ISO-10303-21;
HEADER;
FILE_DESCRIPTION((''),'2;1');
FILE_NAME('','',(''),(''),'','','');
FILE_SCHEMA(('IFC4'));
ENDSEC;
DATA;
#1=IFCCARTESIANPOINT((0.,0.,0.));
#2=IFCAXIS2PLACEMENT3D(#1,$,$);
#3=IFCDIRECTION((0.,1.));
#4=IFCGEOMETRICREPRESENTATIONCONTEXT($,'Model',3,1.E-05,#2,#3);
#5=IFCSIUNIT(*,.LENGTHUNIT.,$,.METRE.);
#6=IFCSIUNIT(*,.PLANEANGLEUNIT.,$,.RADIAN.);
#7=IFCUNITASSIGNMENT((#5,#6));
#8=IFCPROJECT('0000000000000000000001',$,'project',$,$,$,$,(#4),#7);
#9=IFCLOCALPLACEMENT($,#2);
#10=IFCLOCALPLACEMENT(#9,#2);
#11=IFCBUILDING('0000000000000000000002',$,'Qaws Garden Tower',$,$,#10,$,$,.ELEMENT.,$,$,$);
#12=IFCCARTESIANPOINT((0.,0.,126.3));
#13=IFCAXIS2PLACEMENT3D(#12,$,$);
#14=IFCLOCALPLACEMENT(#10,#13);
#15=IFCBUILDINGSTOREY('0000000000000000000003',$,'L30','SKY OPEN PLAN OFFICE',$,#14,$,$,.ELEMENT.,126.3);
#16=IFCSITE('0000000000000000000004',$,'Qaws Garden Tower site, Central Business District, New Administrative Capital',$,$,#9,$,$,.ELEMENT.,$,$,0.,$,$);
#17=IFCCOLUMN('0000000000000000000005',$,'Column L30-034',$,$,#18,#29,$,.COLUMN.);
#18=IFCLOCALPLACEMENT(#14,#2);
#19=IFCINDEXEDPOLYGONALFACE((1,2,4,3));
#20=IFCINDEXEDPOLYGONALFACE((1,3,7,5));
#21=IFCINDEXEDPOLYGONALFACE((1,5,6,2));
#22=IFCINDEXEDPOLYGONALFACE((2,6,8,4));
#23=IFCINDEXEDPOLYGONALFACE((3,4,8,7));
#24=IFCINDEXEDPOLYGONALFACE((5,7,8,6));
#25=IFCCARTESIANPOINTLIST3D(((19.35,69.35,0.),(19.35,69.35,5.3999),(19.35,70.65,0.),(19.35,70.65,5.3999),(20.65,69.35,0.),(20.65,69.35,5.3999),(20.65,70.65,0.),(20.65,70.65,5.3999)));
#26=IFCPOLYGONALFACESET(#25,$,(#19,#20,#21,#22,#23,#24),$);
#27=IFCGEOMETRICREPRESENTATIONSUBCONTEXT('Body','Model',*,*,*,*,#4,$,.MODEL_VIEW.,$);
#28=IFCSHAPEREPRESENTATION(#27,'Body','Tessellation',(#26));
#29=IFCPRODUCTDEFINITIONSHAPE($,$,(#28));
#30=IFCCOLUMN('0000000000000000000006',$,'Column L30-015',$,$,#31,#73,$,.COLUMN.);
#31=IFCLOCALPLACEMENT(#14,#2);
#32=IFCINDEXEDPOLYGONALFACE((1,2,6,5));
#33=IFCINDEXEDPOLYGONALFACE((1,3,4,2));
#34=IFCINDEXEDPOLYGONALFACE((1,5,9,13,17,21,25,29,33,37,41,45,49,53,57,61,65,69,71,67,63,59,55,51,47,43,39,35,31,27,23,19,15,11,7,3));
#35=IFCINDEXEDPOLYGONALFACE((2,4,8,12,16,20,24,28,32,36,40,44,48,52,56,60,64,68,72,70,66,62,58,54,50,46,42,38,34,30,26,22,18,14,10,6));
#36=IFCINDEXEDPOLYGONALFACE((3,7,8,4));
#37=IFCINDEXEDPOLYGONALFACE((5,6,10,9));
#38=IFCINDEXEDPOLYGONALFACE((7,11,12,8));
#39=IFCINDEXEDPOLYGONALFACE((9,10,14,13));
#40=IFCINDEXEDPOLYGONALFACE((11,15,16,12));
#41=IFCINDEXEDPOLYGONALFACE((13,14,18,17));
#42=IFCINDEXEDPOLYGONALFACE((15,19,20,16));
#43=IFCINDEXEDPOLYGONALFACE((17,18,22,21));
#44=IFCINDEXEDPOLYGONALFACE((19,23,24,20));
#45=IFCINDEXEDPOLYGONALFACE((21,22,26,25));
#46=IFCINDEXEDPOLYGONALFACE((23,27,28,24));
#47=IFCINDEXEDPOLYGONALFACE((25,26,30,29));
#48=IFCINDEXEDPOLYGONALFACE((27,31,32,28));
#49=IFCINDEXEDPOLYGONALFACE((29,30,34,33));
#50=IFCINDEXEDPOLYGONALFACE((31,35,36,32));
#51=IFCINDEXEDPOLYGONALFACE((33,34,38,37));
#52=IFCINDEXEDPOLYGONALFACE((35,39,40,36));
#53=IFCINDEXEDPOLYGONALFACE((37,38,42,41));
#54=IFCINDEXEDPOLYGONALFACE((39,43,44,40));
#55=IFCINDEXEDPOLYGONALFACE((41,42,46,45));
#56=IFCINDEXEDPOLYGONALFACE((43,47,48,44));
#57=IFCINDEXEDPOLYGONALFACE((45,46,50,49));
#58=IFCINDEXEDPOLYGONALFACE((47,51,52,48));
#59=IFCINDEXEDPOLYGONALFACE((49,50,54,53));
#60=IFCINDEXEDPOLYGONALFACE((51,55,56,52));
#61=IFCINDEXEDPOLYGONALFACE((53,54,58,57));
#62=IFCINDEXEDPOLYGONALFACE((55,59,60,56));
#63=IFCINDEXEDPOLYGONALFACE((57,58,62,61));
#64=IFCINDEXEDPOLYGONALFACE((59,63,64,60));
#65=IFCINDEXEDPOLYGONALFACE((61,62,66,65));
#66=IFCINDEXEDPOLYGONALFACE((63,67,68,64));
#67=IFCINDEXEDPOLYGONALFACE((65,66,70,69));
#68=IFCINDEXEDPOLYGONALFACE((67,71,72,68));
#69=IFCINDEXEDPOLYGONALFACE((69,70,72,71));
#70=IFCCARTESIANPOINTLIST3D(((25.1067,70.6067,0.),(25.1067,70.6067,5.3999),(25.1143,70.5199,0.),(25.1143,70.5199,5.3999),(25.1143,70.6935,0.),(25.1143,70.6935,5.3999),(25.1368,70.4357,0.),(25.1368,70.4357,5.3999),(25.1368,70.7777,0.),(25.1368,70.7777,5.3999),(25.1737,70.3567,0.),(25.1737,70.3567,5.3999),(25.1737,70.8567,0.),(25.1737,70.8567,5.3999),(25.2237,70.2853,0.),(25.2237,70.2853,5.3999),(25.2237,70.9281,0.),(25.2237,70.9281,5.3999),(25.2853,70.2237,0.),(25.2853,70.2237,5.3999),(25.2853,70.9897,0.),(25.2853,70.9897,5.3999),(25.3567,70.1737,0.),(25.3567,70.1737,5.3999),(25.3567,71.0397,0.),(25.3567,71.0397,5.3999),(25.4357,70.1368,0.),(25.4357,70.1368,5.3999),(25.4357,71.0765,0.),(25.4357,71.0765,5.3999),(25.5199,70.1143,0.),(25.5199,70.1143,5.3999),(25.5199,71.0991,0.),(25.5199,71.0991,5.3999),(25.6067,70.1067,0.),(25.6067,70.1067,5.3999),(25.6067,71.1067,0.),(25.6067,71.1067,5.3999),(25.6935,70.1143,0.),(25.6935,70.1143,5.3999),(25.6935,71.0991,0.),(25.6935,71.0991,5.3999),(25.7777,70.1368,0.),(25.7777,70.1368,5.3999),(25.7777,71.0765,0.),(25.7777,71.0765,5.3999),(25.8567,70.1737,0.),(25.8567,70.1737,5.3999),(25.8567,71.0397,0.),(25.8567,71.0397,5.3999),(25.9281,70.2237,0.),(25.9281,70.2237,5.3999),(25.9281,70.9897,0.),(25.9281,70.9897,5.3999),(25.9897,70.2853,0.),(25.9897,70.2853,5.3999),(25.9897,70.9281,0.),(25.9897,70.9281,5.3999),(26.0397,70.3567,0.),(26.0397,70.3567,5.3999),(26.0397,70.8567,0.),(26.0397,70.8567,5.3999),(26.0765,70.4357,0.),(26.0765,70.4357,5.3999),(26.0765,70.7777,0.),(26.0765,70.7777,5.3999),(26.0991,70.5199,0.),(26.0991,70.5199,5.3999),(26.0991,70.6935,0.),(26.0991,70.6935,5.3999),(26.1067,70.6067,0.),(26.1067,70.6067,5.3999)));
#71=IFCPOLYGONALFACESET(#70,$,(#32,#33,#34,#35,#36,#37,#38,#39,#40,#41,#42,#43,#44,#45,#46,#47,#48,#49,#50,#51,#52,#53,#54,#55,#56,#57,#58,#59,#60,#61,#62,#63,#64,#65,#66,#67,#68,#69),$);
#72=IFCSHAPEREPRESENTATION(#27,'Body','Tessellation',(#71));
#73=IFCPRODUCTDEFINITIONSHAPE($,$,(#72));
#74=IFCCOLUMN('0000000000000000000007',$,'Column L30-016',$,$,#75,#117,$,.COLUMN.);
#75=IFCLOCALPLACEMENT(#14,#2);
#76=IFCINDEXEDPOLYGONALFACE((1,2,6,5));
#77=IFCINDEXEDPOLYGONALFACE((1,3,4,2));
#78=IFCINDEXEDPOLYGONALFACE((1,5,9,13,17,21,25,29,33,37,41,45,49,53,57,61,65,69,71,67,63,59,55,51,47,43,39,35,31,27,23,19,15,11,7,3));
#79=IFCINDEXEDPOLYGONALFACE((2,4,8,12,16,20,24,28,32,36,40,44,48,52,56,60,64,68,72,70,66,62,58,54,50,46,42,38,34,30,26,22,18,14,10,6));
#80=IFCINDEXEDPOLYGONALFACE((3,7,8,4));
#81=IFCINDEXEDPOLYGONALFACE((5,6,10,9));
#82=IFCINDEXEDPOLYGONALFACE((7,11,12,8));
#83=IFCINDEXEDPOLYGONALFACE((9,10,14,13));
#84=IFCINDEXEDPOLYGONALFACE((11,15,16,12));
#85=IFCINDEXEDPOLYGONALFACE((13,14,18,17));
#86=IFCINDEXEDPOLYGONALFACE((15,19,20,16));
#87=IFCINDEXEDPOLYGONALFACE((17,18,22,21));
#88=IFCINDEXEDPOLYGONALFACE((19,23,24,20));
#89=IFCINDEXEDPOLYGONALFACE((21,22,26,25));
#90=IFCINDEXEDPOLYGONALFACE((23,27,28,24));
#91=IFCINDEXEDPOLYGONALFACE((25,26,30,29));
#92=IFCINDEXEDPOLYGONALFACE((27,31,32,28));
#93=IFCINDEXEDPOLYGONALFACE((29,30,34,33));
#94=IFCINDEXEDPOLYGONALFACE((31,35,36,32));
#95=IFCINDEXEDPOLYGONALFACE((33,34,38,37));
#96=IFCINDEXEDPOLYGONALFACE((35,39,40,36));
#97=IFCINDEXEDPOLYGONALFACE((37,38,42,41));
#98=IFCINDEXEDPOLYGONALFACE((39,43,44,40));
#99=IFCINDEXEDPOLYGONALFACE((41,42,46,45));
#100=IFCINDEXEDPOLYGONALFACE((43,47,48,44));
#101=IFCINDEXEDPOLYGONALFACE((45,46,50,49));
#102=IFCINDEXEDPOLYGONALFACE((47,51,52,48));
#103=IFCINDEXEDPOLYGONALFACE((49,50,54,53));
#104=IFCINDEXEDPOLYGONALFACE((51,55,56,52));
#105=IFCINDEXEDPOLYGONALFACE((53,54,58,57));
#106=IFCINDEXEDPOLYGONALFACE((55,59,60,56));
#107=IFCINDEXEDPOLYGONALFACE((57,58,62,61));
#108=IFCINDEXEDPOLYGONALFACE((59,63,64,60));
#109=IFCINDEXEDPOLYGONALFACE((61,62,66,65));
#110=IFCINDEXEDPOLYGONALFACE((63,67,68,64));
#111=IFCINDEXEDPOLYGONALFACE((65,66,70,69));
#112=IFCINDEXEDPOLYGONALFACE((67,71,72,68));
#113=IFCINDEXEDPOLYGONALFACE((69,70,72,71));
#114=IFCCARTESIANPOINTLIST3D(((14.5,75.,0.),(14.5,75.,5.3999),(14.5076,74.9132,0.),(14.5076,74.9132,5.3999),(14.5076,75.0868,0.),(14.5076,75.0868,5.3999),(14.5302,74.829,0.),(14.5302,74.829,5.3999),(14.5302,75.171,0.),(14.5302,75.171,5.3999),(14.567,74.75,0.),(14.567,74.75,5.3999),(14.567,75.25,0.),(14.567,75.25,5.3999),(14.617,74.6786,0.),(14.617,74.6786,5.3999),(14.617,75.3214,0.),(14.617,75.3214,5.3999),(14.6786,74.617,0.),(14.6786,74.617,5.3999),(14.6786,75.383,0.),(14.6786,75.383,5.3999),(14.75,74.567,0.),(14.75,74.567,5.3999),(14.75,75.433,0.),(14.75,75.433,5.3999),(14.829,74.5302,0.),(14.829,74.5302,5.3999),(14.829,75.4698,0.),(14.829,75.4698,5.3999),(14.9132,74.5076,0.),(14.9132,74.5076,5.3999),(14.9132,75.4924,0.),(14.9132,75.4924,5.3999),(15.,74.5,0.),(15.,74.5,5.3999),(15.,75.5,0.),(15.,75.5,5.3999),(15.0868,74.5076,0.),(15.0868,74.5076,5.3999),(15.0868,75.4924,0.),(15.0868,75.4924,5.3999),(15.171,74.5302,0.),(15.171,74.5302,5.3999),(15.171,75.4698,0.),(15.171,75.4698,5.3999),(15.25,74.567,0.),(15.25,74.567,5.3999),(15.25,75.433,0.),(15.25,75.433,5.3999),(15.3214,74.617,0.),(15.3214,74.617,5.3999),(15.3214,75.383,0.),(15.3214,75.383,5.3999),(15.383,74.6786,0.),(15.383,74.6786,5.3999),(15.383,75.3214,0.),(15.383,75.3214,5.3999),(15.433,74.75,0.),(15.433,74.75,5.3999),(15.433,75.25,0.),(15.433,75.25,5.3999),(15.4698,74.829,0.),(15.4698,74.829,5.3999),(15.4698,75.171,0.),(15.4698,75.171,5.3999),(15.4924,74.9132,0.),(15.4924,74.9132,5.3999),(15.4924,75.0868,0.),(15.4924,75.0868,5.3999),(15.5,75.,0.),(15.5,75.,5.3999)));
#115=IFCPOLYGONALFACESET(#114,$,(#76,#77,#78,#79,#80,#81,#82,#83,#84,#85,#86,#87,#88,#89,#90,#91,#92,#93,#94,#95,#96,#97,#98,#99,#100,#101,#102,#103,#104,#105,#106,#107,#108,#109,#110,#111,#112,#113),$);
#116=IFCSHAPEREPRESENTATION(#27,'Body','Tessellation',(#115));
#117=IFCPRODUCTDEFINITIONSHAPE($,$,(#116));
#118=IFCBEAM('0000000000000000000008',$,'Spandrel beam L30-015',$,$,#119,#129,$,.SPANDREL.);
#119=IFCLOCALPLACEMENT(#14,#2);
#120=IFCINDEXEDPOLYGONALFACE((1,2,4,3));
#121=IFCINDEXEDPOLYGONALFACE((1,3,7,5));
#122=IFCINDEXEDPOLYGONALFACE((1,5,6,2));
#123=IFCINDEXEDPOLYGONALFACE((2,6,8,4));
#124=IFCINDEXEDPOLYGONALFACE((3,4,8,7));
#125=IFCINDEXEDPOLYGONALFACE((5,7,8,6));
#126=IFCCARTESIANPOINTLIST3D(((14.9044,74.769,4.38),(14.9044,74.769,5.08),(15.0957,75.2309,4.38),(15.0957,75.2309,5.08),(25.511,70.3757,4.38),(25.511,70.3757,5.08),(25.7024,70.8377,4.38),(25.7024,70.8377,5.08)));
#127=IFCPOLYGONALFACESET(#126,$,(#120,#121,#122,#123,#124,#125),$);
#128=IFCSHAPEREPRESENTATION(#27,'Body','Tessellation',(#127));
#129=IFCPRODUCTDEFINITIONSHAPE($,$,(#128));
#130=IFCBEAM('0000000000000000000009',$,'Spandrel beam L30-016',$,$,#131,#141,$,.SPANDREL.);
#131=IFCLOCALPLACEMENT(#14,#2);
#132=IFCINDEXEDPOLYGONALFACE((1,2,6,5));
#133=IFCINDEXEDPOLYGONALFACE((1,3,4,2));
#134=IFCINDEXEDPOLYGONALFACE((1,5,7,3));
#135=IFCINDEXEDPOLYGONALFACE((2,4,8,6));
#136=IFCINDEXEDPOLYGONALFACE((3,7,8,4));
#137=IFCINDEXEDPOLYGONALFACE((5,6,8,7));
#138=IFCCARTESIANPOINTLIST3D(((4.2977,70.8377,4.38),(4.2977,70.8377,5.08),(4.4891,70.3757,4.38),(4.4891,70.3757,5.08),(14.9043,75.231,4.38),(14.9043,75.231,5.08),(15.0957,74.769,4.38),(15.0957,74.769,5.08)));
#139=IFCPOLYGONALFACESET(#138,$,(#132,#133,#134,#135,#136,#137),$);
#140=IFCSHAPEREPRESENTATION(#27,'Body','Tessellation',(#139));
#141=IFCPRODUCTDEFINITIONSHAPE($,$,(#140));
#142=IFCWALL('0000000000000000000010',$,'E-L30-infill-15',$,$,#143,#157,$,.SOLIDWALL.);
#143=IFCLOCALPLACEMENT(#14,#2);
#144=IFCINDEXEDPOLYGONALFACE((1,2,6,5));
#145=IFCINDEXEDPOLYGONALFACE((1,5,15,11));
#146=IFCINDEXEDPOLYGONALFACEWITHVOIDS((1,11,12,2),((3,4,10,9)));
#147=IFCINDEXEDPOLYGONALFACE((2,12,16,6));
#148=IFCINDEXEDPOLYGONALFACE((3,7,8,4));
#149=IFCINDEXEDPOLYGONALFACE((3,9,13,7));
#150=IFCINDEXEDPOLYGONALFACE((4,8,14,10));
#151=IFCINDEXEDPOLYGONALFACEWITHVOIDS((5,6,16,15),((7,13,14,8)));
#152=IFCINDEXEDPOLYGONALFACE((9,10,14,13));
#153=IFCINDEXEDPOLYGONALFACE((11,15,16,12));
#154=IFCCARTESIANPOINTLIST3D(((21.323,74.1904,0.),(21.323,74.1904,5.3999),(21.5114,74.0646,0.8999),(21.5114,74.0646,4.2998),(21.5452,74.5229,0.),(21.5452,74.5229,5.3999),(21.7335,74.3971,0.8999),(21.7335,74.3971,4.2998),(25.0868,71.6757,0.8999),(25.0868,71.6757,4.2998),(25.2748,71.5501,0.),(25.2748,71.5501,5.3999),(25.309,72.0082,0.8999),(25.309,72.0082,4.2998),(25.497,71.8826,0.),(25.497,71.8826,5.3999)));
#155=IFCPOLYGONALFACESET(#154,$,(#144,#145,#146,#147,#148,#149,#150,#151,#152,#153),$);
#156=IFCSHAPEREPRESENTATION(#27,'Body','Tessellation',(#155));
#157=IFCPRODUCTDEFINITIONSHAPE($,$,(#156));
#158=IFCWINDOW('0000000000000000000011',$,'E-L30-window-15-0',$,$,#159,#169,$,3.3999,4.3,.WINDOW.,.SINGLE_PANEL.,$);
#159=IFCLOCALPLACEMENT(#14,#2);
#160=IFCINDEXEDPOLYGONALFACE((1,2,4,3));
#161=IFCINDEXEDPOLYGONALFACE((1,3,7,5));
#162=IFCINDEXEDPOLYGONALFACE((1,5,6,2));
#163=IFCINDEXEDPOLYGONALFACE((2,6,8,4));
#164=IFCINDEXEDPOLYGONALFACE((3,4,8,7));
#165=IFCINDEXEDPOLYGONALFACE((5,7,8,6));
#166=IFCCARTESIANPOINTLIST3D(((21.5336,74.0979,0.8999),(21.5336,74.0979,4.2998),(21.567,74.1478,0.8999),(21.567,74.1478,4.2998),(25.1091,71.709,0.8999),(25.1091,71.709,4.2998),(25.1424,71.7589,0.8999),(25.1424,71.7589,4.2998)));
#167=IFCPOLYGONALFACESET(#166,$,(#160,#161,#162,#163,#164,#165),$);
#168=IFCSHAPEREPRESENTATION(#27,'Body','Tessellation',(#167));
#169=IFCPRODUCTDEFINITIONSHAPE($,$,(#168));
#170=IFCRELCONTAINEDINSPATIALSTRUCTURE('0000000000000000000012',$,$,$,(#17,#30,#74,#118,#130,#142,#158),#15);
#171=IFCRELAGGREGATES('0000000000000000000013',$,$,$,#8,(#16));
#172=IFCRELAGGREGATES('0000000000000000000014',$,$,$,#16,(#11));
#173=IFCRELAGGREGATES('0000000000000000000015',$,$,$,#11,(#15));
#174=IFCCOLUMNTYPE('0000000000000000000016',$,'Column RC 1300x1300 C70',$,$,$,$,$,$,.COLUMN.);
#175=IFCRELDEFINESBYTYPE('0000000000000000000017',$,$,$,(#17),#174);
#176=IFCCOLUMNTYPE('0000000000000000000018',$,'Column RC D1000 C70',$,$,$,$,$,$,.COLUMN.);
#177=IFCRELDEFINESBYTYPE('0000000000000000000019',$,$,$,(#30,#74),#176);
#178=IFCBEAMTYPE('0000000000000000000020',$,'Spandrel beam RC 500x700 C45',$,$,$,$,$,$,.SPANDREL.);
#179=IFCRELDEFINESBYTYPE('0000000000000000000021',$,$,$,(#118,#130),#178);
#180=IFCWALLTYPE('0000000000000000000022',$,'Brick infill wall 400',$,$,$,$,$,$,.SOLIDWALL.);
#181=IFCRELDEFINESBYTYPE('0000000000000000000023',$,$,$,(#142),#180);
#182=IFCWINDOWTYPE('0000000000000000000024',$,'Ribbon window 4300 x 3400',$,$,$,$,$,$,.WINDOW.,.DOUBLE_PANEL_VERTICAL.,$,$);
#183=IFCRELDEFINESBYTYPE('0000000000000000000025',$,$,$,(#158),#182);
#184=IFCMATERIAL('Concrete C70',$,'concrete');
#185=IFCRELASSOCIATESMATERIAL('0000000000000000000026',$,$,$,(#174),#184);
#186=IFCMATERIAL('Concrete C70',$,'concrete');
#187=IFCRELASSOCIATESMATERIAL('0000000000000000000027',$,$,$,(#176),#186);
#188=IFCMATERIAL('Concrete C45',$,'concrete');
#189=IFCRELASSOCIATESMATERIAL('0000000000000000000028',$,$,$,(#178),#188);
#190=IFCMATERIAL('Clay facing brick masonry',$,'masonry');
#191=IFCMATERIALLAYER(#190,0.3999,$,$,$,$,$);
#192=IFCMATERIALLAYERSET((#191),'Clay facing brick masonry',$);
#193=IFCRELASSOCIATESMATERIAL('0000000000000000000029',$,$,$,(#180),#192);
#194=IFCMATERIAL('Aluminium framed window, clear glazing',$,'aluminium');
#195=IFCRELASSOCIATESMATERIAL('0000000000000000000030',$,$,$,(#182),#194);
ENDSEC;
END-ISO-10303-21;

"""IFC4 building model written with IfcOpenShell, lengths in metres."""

from ifc_helpers import new_model, si_unit, direction, frame, frame_2d, origin, origin_2d, place, context, subcontext, project, spatial, rectangle, circle, extrude, material, layer, layer_set, material_profile, profile_set, type_object, element, fill, save


model = new_model("IFC4")

# Units and contexts
model_context = context("Model", 3, precision=1e-05, world=origin(), true_north=direction((0.0, 1.0)))
body_context = subcontext(model_context, "Body", "Model", "MODEL_VIEW")
ifc_project = project(units=[si_unit("LENGTHUNIT", "METRE"), si_unit("PLANEANGLEUNIT", "RADIAN")], contexts=[model_context])

# Site, building, storey
site_placement = place(None, origin())
site = spatial("IfcSite", under=ifc_project, at=site_placement, Name="Qaws Garden Tower site, Central Business District, New Administrative Capital", CompositionType="ELEMENT", RefElevation=0.0)
building_placement = place(site_placement, origin())
building = spatial("IfcBuilding", under=site, at=building_placement, Name="Qaws Garden Tower", CompositionType="ELEMENT")
storey_placement = place(building_placement, frame((0.0, 0.0, 126.3)))
storey = spatial("IfcBuildingStorey", under=building, at=storey_placement, Name="L30", Description="SKY OPEN PLAN OFFICE", CompositionType="ELEMENT", Elevation=126.3)

# Columns
ifc_material_1 = material(Name="Concrete C70", Category="concrete")
ifc_material_profile_1 = material_profile(ifc_material_1, rectangle(XDim=1.3, YDim=1.3, at=origin_2d()), Name="RC 1300x1300")
ifc_profile_set_1 = profile_set([ifc_material_profile_1], Name="Concrete C70")
column_type_1 = type_object("IfcColumnType", Name="Column RC 1300x1300 C70", PredefinedType="COLUMN", material=ifc_profile_set_1)
column_placement = place(storey_placement, frame((20.0, 70.0, 0.0), z_axis=(0.0, 0.0, 1.0), x_axis=(1.0, 0.0, 0.0)))
element("IfcColumn", 1, at=column_placement, inside=storey, type_object=column_type_1, Name="Column L30-034", PredefinedType="COLUMN", context=body_context, shape_type="SweptSolid", body=[
    extrude(rectangle(XDim=1.3, YDim=1.3, at=origin_2d()), origin(), (0.0, 0.0, 1.0), 5.3999),
])
ifc_material_2 = material(Name="Concrete C70", Category="concrete")
ifc_material_profile_2 = material_profile(ifc_material_2, circle(Radius=0.5, at=origin_2d()), Name="RC D1000")
ifc_profile_set_2 = profile_set([ifc_material_profile_2], Name="Concrete C70")
column_type_2 = type_object("IfcColumnType", Name="Column RC D1000 C70", PredefinedType="COLUMN", material=ifc_profile_set_2)
for number, where, z_axis, x_axis, name in (
    (2, (25.6067, 70.6067, 0.0), (0.0, 0.0, 1.0), (1.0, 0.0, 0.0), "Column L30-015"),
    (3, (15.0, 75.0, 0.0), (0.0, 0.0, 1.0), (1.0, 0.0, 0.0), "Column L30-016"),
):
    element("IfcColumn", number, at=place(storey_placement, frame(where, z_axis=z_axis, x_axis=x_axis)), inside=storey, type_object=column_type_2, Name=name, PredefinedType="COLUMN", context=body_context, shape_type="SweptSolid", body=[
        extrude(circle(Radius=0.5, at=origin_2d()), origin(), (0.0, 0.0, 1.0), 5.3999),
    ])

# Beams
ifc_material_3 = material(Name="Concrete C45", Category="concrete")
ifc_material_profile_3 = material_profile(ifc_material_3, rectangle(XDim=0.5, YDim=0.7, at=origin_2d()), Name="RC 500x700")
ifc_profile_set_3 = profile_set([ifc_material_profile_3], Name="Concrete C45")
beam_type = type_object("IfcBeamType", Name="Spandrel beam RC 500x700 C45", PredefinedType="SPANDREL", material=ifc_profile_set_3)
for number, where, z_axis, x_axis, name in (
    (4, (25.6067, 70.6067, 4.73), (-0.923883, 0.382674, 0.0), (-0.382674, -0.923883, 0.0), "Spandrel beam L30-015"),
    (5, (15.0, 75.0, 4.73), (-0.923883, -0.382674, 0.0), (0.382674, -0.923883, 0.0), "Spandrel beam L30-016"),
):
    element("IfcBeam", number, at=place(storey_placement, frame(where, z_axis=z_axis, x_axis=x_axis)), inside=storey, type_object=beam_type, Name=name, PredefinedType="SPANDREL", context=body_context, shape_type="SweptSolid", body=[
        extrude(rectangle(XDim=0.5, YDim=0.7, at=origin_2d()), origin(), (0.0, 0.0, 1.0), 11.4805),
    ])

# Wall, opening, window
ifc_material_4 = material(Name="Clay facing brick masonry", Category="masonry")
ifc_layer_1 = layer(ifc_material_4, 0.3999)
ifc_layer_set_1 = layer_set([ifc_layer_1], Name="Clay facing brick masonry")
wall_type_1 = type_object("IfcWallType", Name="Brick infill wall 400", PredefinedType="SOLIDWALL", material=ifc_layer_set_1)
wall_1_placement = place(storey_placement, frame((25.386, 71.7163, 0.0), z_axis=(0.0, 0.0, 1.0), x_axis=(-0.831489, 0.555542, 0.0)))
wall_1 = element("IfcWall", 6, at=wall_1_placement, inside=storey, type_object=wall_type_1, Name="E-L30-infill-15", PredefinedType="SOLIDWALL", context=body_context, shape_type="SweptSolid", body=[
    extrude(rectangle(XDim=4.7527, YDim=0.3999, at=frame_2d((2.3765, 0.0))), origin(), (0.0, 0.0, 1.0), 5.3999),
])
opening_1_placement = place(wall_1_placement, frame((0.2263, 0.0, 0.8999)))
opening_1 = element("IfcOpeningElement", 7, at=opening_1_placement, cuts=wall_1, PredefinedType="OPENING", context=body_context, shape_type="SweptSolid", body=[
    extrude(rectangle(XDim=4.3, YDim=3.3999, at=frame_2d((2.1499, 1.7))), frame((0.0, 0.21, 0.0), z_axis=(0.0, -1.0, 0.0), x_axis=(1.0, 0.0, 0.0)), (0.0, 0.0, 1.0), 0.4199),
])
ifc_material_5 = material(Name="Aluminium framed window, clear glazing", Category="aluminium")
window_type = type_object("IfcWindowType", Name="Ribbon window 4300 x 3400", PartitioningType="DOUBLE_PANEL_VERTICAL", PredefinedType="WINDOW", material=ifc_material_5)
window_1_placement = place(opening_1_placement, origin())
window_1 = element("IfcWindow", 8, at=window_1_placement, inside=storey, type_object=window_type, Name="E-L30-window-15-0", OverallHeight=3.3999, OverallWidth=4.3, PartitioningType="SINGLE_PANEL", PredefinedType="WINDOW", context=body_context, shape_type="SweptSolid", body=[
    extrude(rectangle(XDim=4.3, YDim=3.3999, at=frame_2d((2.1499, 1.7))), frame((0.0, 0.1599, 0.0), z_axis=(0.0, -1.0, 0.0), x_axis=(1.0, 0.0, 0.0)), (0.0, 0.0, 1.0), 0.0601),
])
fill(opening_1, window_1)

save(model, "model.ifc")
